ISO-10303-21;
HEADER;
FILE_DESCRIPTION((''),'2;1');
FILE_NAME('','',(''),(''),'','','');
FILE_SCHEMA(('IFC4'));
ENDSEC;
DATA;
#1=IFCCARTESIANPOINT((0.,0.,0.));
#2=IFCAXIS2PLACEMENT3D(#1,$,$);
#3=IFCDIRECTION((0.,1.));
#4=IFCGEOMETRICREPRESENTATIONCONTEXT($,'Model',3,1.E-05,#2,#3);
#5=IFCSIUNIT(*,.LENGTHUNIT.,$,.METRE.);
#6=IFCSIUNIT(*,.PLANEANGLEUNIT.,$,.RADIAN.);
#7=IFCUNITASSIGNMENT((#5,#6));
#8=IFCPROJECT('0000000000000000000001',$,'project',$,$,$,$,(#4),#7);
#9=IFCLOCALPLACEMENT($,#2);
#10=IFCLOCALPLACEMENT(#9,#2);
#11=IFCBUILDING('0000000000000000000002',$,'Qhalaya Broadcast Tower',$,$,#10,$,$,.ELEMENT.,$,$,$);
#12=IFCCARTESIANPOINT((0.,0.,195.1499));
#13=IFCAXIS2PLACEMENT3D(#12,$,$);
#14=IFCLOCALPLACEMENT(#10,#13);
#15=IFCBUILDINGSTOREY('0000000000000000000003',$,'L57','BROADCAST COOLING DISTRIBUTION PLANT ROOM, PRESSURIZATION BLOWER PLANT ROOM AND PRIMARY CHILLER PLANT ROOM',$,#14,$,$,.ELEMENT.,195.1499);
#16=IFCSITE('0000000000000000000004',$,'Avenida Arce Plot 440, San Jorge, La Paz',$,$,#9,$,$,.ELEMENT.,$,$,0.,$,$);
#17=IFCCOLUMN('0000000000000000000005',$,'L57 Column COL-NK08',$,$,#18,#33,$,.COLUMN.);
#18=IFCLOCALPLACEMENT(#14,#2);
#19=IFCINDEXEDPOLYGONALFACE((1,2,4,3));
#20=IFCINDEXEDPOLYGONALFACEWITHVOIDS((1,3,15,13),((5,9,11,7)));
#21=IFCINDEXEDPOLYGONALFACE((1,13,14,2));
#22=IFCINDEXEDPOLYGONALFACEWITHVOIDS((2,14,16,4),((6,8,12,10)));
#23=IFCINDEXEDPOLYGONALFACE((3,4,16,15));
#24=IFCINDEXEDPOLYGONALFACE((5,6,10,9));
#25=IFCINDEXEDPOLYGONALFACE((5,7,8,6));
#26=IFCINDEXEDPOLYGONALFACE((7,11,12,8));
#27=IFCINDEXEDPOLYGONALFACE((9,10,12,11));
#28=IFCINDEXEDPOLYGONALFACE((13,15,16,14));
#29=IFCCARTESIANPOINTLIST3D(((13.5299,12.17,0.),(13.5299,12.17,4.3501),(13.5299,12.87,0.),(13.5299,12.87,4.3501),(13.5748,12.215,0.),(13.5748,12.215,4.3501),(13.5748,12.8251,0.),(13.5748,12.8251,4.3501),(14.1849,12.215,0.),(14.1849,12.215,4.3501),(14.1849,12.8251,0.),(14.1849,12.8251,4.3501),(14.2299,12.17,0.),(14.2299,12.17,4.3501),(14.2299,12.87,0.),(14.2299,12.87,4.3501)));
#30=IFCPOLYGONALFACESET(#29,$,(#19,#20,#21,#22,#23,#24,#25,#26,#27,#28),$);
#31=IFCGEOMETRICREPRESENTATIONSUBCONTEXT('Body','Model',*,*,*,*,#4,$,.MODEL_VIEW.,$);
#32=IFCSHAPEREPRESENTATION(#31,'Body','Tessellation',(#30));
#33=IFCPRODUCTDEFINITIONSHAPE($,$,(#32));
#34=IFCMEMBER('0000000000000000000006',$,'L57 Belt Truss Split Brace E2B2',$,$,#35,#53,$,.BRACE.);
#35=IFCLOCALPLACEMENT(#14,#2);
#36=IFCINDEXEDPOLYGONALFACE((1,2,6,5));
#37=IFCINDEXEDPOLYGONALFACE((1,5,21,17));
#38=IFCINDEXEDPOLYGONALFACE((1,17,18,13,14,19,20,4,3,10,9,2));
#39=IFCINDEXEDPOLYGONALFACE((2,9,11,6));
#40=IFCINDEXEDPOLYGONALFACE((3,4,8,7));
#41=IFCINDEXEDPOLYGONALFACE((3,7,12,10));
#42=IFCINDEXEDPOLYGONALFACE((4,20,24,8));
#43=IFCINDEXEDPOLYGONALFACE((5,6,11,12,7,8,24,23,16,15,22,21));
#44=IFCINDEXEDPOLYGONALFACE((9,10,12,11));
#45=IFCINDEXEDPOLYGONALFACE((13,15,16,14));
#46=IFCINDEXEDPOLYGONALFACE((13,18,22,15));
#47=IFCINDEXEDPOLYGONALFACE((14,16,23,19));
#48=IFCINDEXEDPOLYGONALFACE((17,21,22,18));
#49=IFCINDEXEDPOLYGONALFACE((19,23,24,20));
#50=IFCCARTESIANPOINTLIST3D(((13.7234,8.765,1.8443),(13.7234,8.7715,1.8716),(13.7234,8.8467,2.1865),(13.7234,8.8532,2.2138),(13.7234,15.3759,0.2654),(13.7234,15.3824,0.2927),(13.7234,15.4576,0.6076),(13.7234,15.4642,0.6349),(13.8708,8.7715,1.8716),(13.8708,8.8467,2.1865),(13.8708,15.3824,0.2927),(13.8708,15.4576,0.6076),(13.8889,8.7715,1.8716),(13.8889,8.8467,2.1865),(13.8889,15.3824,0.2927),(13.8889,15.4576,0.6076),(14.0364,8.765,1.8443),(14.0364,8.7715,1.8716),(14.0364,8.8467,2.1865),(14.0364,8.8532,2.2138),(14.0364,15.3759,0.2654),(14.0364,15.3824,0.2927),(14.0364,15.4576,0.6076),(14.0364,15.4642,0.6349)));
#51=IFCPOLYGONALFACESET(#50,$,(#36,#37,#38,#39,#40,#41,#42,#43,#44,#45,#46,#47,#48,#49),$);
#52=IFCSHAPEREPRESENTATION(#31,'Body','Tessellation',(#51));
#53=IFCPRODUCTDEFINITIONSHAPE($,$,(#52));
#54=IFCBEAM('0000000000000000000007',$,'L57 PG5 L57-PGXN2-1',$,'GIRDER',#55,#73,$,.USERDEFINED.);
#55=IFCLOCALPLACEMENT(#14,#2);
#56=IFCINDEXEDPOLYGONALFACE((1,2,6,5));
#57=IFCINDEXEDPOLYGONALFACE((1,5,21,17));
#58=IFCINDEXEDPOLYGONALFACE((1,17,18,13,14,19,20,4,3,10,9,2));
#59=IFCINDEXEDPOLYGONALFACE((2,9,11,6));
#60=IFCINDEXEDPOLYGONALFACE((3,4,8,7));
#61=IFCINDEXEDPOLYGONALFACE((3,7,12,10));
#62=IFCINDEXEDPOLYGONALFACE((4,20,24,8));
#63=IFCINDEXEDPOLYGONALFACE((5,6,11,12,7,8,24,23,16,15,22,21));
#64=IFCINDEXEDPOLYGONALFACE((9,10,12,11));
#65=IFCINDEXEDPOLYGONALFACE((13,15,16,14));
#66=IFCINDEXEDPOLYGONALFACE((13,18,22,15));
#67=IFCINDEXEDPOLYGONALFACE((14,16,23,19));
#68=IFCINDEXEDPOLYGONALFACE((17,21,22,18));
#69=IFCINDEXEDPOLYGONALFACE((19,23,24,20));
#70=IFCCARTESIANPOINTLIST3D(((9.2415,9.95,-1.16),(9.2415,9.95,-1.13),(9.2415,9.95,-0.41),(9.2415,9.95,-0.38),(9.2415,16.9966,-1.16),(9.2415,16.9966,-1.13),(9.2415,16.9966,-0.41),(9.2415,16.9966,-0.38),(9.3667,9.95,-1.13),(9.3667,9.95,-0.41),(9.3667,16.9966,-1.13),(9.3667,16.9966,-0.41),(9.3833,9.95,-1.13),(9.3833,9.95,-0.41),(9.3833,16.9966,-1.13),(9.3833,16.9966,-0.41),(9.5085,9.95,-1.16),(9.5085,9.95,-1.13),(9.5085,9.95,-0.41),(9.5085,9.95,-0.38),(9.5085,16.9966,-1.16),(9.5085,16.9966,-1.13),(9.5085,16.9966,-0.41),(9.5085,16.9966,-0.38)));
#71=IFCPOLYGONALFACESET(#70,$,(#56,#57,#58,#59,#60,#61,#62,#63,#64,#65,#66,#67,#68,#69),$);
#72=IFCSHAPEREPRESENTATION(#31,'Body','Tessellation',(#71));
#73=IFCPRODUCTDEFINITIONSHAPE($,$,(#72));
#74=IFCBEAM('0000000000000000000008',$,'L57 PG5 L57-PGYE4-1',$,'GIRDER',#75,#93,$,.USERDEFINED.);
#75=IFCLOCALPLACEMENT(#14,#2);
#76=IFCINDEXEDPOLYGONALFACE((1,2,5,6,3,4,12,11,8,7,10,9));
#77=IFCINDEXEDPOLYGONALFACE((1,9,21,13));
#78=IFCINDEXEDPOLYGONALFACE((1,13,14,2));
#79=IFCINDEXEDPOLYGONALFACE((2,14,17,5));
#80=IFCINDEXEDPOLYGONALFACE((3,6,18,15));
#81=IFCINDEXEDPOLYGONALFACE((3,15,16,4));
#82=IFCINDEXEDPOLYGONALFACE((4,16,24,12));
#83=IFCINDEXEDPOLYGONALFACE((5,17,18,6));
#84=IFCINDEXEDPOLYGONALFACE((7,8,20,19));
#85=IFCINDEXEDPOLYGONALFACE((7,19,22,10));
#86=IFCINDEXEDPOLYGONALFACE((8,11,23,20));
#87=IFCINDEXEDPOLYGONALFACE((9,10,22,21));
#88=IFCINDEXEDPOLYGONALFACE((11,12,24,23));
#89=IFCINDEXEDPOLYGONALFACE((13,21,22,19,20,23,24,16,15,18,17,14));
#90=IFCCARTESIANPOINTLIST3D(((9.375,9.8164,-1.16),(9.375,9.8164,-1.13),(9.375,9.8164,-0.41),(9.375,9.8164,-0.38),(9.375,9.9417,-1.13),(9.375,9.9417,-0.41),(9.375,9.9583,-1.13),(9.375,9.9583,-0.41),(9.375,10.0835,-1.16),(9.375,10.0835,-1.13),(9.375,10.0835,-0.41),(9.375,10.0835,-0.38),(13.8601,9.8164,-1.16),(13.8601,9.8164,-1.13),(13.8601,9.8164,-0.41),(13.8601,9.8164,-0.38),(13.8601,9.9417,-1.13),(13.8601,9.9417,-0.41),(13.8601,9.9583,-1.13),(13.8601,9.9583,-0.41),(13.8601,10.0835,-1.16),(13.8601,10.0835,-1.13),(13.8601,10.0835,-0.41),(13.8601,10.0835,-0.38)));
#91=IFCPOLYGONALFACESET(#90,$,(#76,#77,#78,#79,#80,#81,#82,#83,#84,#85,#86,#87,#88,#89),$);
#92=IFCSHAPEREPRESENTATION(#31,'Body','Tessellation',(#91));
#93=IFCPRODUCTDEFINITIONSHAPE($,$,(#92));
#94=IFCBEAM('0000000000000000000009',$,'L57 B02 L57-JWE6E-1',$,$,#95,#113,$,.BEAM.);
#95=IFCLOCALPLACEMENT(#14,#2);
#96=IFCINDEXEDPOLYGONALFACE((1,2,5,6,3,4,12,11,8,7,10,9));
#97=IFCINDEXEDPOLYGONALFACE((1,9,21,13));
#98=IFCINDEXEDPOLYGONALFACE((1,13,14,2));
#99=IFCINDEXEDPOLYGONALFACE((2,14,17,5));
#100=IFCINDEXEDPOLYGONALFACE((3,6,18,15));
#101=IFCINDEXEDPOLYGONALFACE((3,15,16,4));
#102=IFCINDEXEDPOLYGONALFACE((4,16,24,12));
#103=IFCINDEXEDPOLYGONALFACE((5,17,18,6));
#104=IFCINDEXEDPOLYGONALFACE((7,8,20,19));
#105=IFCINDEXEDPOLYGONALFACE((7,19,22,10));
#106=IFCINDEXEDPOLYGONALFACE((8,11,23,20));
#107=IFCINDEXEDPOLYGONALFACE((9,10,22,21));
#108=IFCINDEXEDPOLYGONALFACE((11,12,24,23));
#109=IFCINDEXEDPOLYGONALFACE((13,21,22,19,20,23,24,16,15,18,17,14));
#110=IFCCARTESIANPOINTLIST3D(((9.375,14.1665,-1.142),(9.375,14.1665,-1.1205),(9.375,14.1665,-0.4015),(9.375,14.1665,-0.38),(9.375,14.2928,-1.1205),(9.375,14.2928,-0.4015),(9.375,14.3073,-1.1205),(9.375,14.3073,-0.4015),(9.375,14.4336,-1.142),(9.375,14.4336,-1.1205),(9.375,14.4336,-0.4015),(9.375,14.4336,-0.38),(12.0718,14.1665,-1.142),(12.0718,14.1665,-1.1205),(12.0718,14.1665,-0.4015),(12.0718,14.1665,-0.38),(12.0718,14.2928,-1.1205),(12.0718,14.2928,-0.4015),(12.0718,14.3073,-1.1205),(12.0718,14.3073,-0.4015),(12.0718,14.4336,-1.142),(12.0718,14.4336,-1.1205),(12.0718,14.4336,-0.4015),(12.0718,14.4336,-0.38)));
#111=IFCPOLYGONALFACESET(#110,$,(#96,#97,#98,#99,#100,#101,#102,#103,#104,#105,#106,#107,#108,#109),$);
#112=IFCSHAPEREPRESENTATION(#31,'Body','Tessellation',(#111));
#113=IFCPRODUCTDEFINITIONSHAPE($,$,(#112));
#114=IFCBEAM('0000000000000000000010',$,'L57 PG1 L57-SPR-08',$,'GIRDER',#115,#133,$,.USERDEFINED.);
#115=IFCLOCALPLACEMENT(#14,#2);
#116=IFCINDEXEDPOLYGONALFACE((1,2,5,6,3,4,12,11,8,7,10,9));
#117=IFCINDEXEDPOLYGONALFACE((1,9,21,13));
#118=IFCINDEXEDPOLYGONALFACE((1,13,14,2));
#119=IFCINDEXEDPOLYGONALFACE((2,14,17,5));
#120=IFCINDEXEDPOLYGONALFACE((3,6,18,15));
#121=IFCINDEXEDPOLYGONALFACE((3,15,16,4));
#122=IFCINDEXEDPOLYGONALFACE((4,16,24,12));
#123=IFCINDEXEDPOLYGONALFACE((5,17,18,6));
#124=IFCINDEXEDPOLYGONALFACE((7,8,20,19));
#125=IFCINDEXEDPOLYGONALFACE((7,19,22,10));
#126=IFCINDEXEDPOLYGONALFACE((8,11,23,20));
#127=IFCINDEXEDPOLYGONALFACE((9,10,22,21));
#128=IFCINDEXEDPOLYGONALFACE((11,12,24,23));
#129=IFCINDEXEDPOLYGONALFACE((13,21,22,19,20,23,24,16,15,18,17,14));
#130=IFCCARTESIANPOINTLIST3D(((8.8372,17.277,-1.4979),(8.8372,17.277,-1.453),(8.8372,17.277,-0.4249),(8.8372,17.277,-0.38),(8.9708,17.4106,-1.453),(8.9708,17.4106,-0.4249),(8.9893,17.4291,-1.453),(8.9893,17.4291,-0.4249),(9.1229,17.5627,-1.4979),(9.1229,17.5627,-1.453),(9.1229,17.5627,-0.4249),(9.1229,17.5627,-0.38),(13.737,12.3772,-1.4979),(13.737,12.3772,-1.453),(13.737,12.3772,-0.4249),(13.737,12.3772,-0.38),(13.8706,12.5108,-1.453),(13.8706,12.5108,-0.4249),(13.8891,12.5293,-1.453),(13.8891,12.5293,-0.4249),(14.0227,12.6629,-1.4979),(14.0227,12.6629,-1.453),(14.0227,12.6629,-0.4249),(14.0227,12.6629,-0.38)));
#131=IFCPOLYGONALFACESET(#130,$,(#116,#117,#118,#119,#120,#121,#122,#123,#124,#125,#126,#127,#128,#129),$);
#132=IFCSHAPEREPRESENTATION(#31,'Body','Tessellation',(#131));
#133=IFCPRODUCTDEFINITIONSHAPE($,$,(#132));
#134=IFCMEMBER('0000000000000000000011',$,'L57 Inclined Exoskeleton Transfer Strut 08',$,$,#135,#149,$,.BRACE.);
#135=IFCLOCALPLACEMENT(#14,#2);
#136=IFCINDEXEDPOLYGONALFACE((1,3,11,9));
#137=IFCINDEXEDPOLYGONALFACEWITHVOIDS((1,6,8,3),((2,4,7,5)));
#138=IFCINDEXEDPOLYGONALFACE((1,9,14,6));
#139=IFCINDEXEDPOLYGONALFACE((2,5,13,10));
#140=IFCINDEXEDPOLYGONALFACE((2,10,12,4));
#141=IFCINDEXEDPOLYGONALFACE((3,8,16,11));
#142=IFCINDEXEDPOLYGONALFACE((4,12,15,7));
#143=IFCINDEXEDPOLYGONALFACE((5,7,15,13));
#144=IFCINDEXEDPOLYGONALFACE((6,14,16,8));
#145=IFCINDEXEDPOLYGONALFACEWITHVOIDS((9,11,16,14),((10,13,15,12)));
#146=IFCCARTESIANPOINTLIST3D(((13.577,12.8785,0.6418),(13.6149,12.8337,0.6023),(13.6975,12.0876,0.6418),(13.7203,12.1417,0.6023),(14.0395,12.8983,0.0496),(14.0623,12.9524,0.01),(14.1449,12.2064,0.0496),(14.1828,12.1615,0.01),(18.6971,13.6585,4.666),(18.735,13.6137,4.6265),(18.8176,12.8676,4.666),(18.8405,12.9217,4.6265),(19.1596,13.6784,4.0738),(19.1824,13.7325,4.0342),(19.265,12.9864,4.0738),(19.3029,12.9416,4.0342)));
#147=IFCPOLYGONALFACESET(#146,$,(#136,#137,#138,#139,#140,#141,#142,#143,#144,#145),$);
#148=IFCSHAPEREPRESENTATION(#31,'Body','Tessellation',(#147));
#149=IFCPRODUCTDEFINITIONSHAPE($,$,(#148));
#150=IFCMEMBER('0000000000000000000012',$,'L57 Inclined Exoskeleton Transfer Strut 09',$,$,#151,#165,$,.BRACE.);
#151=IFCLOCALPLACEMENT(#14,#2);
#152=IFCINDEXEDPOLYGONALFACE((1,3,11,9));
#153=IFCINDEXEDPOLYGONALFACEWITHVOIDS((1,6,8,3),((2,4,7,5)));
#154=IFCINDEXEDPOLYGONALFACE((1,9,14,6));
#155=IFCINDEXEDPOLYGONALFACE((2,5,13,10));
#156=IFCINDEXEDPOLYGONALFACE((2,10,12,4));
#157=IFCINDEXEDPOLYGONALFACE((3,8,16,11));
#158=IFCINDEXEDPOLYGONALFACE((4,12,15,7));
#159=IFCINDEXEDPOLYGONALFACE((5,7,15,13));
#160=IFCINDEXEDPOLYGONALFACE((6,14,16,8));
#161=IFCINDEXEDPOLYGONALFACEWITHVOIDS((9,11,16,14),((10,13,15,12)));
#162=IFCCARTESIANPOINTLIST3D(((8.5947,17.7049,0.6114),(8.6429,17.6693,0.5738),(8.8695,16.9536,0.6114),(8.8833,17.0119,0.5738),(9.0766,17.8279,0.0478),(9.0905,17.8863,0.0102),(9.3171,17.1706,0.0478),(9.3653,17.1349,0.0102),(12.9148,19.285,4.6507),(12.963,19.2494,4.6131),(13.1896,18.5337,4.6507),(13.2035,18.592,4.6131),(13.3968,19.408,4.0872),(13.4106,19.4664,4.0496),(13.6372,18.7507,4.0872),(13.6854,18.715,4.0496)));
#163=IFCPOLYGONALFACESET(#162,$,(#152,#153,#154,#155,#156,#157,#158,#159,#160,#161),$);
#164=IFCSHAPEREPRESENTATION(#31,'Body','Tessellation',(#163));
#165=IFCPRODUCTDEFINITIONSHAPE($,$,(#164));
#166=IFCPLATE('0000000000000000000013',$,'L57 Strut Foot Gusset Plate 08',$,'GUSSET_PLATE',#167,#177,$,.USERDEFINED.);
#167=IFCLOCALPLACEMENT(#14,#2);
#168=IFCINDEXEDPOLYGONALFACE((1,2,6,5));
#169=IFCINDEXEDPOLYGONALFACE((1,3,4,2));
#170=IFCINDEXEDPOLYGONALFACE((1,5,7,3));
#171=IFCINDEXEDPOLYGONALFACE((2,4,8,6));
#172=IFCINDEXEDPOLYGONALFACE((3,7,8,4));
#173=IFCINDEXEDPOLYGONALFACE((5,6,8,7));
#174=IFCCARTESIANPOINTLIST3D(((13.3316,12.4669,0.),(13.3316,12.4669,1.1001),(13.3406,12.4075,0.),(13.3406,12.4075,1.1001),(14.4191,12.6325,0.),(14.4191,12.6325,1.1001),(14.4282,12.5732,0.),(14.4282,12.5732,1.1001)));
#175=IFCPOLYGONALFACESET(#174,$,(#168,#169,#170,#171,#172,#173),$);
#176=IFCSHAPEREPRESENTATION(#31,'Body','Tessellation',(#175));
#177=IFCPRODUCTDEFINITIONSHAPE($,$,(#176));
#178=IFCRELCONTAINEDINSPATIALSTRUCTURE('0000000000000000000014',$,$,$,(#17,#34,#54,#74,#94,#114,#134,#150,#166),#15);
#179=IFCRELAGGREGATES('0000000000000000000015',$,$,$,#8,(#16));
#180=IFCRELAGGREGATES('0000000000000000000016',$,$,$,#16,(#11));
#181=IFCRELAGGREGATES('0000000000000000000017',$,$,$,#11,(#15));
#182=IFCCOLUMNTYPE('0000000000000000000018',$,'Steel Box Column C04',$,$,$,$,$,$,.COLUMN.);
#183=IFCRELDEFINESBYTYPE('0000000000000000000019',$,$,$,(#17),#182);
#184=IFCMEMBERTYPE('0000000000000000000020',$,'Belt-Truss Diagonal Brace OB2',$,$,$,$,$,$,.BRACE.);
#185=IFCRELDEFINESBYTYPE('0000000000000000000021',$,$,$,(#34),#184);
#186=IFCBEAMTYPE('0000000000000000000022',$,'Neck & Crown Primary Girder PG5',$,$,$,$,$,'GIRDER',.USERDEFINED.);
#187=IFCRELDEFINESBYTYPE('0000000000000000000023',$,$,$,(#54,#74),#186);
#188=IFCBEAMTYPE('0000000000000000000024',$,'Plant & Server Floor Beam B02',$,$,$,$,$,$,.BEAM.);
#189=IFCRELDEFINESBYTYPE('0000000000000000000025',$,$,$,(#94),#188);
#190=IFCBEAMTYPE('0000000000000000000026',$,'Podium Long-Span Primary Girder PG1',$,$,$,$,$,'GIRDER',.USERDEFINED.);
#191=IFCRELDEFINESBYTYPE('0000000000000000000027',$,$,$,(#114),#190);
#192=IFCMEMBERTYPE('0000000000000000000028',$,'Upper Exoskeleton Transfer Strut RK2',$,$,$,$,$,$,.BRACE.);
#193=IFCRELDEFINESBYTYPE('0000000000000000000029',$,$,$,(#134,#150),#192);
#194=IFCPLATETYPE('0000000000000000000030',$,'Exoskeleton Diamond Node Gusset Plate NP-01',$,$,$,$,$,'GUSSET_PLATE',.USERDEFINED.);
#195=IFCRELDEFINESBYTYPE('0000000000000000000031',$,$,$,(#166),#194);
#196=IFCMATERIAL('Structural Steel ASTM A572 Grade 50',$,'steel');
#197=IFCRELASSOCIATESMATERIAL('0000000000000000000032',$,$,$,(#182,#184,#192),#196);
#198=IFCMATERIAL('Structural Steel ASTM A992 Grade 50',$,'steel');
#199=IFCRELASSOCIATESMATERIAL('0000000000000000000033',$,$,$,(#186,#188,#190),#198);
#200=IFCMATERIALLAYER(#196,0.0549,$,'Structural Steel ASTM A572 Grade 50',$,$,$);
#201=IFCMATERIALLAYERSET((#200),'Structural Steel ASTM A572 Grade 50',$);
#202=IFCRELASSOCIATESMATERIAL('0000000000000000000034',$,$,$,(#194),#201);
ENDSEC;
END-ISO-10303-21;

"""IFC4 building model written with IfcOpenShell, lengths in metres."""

from ifc_helpers import new_model, si_unit, direction, frame, origin, origin_2d, place, context, subcontext, project, spatial, rectangle, hollow_rectangle, i_section, extrude, material, layer, layer_set, material_profile, profile_set, type_object, element, save


model = new_model("IFC4")

# Units and contexts
model_context = context("Model", 3, precision=1e-05, world=origin(), true_north=direction((0.0, 1.0)))
body_context = subcontext(model_context, "Body", "Model", "MODEL_VIEW")
ifc_project = project(units=[si_unit("LENGTHUNIT", "METRE"), si_unit("PLANEANGLEUNIT", "RADIAN")], contexts=[model_context])

# Site, building, storey
site_placement = place(None, origin())
site = spatial("IfcSite", under=ifc_project, at=site_placement, Name="Avenida Arce Plot 440, San Jorge, La Paz", CompositionType="ELEMENT", RefElevation=0.0)
building_placement = place(site_placement, origin())
building = spatial("IfcBuilding", under=site, at=building_placement, Name="Qhalaya Broadcast Tower", CompositionType="ELEMENT")
storey_placement = place(building_placement, frame((0.0, 0.0, 195.1499)))
storey = spatial("IfcBuildingStorey", under=building, at=storey_placement, Name="L57", Description="BROADCAST COOLING DISTRIBUTION PLANT ROOM, PRESSURIZATION BLOWER PLANT ROOM AND PRIMARY CHILLER PLANT ROOM", CompositionType="ELEMENT", Elevation=195.1499)

# Column
ifc_material_1 = material(Name="Structural Steel ASTM A572 Grade 50", Category="steel")
ifc_material_profile_1 = material_profile(ifc_material_1, hollow_rectangle(XDim=0.7, YDim=0.7, WallThickness=0.0449, at=origin_2d()), Name="BOX 700x700x45")
ifc_profile_set_1 = profile_set([ifc_material_profile_1], Name="Structural Steel ASTM A572 Grade 50")
column_type = type_object("IfcColumnType", Name="Steel Box Column C04", PredefinedType="COLUMN", material=ifc_profile_set_1)
column_placement = place(storey_placement, frame((13.8799, 12.52, 0.0), z_axis=(0.0, 0.0, 1.0), x_axis=(0.0, 1.0, 0.0)))
element("IfcColumn", 1, at=column_placement, inside=storey, type_object=column_type, Name="L57 Column COL-NK08", PredefinedType="COLUMN", context=body_context, shape_type="SweptSolid", body=[
    extrude(hollow_rectangle(XDim=0.7, YDim=0.7, WallThickness=0.0449, at=origin_2d()), origin(), (0.0, 0.0, 1.0), 4.3501),
])

# Member
ifc_material_profile_2 = material_profile(ifc_material_1, i_section(OverallWidth=0.313, OverallDepth=0.3799, WebThickness=0.0181, FlangeThickness=0.0281, at=origin_2d()), Name="W12X120")
ifc_profile_set_2 = profile_set([ifc_material_profile_2], Name="Structural Steel ASTM A572 Grade 50")
member_type_1 = type_object("IfcMemberType", Name="Belt-Truss Diagonal Brace OB2", PredefinedType="BRACE", material=ifc_profile_set_2)
member_1_placement = place(storey_placement, frame((13.8799, 8.8091, 2.0291), z_axis=(0.0, 0.972645, -0.232295), x_axis=(-1.0, 0.0, 0.0)))
element("IfcMember", 2, at=member_1_placement, inside=storey, type_object=member_type_1, Name="L57 Belt Truss Split Brace E2B2", PredefinedType="BRACE", context=body_context, shape_type="SweptSolid", body=[
    extrude(i_section(OverallWidth=0.313, OverallDepth=0.3799, WebThickness=0.0181, FlangeThickness=0.0281, at=origin_2d()), origin(), (0.0, 0.0, 1.0), 6.7969),
])

# Beams
ifc_material_2 = material(Name="Structural Steel ASTM A992 Grade 50", Category="steel")
ifc_material_profile_3 = material_profile(ifc_material_2, i_section(OverallWidth=0.2671, OverallDepth=0.78, WebThickness=0.0166, FlangeThickness=0.03, at=origin_2d()), Name="W30X148")
ifc_profile_set_3 = profile_set([ifc_material_profile_3], Name="Structural Steel ASTM A992 Grade 50")
beam_type_1 = type_object("IfcBeamType", Name="Neck & Crown Primary Girder PG5", ElementType="GIRDER", PredefinedType="USERDEFINED", material=ifc_profile_set_3)
beam_1_placement = place(storey_placement, frame((9.375, 9.95, -0.77), z_axis=(0.0, 1.0, 0.0), x_axis=(-1.0, 0.0, 0.0)))
element("IfcBeam", 3, at=beam_1_placement, inside=storey, type_object=beam_type_1, Name="L57 PG5 L57-PGXN2-1", ObjectType="GIRDER", PredefinedType="USERDEFINED", context=body_context, shape_type="SweptSolid", body=[
    extrude(i_section(OverallWidth=0.2671, OverallDepth=0.78, WebThickness=0.0166, FlangeThickness=0.03, at=origin_2d()), origin(), (0.0, 0.0, 1.0), 7.0466),
])
beam_2_placement = place(storey_placement, frame((9.375, 9.95, -0.77), z_axis=(1.0, 0.0, 0.0), x_axis=(0.0, 1.0, 0.0)))
element("IfcBeam", 4, at=beam_2_placement, inside=storey, type_object=beam_type_1, Name="L57 PG5 L57-PGYE4-1", ObjectType="GIRDER", PredefinedType="USERDEFINED", context=body_context, shape_type="SweptSolid", body=[
    extrude(i_section(OverallWidth=0.2671, OverallDepth=0.78, WebThickness=0.0166, FlangeThickness=0.03, at=origin_2d()), origin(), (0.0, 0.0, 1.0), 4.4851),
])
ifc_material_profile_4 = material_profile(ifc_material_2, i_section(OverallWidth=0.2671, OverallDepth=0.762, WebThickness=0.0144, FlangeThickness=0.0215, at=origin_2d()), Name="W30X116")
ifc_profile_set_4 = profile_set([ifc_material_profile_4], Name="Structural Steel ASTM A992 Grade 50")
beam_type_2 = type_object("IfcBeamType", Name="Plant & Server Floor Beam B02", PredefinedType="BEAM", material=ifc_profile_set_4)
beam_3_placement = place(storey_placement, frame((9.375, 14.3, -0.761), z_axis=(1.0, 0.0, 0.0), x_axis=(0.0, 1.0, 0.0)))
element("IfcBeam", 5, at=beam_3_placement, inside=storey, type_object=beam_type_2, Name="L57 B02 L57-JWE6E-1", PredefinedType="BEAM", context=body_context, shape_type="SweptSolid", body=[
    extrude(i_section(OverallWidth=0.2671, OverallDepth=0.762, WebThickness=0.0144, FlangeThickness=0.0215, at=origin_2d()), origin(), (0.0, 0.0, 1.0), 2.6968),
])
ifc_material_profile_5 = material_profile(ifc_material_2, i_section(OverallWidth=0.4041, OverallDepth=1.1179, WebThickness=0.0261, FlangeThickness=0.0449, at=origin_2d()), Name="W44X335")
ifc_profile_set_5 = profile_set([ifc_material_profile_5], Name="Structural Steel ASTM A992 Grade 50")
beam_type_3 = type_object("IfcBeamType", Name="Podium Long-Span Primary Girder PG1", ElementType="GIRDER", PredefinedType="USERDEFINED", material=ifc_profile_set_5)
beam_4_placement = place(storey_placement, frame((13.8799, 12.52, -0.939), z_axis=(-0.707107, 0.707107, 0.0), x_axis=(-0.707107, -0.707107, 0.0)))
element("IfcBeam", 6, at=beam_4_placement, inside=storey, type_object=beam_type_3, Name="L57 PG1 L57-SPR-08", ObjectType="GIRDER", PredefinedType="USERDEFINED", context=body_context, shape_type="SweptSolid", body=[
    extrude(i_section(OverallWidth=0.4041, OverallDepth=1.1179, WebThickness=0.0261, FlangeThickness=0.0449, at=origin_2d()), origin(), (0.0, 0.0, 1.0), 6.9294),
])

# Members
ifc_material_profile_6 = material_profile(ifc_material_1, hollow_rectangle(XDim=0.8, YDim=0.8, WallThickness=0.05, at=origin_2d()), Name="BOX 800x800x50")
ifc_profile_set_6 = profile_set([ifc_material_profile_6], Name="Structural Steel ASTM A572 Grade 50")
member_type_2 = type_object("IfcMemberType", Name="Upper Exoskeleton Transfer Strut RK2", PredefinedType="BRACE", material=ifc_profile_set_6)
member_2_placement = place(storey_placement, frame((13.8799, 12.52, 0.3259), z_axis=(0.780647, 0.118928, 0.613552), x_axis=(-0.150608, 0.988594, 0.0)))
element("IfcMember", 7, at=member_2_placement, inside=storey, type_object=member_type_2, Name="L57 Inclined Exoskeleton Transfer Strut 08", PredefinedType="BRACE", context=body_context, shape_type="SweptSolid", body=[
    extrude(hollow_rectangle(XDim=0.8, YDim=0.8, WallThickness=0.05, at=origin_2d()), origin(), (0.0, 0.0, 1.0), 6.5588),
])
member_3_placement = place(storey_placement, frame((8.98, 17.4199, 0.3108), z_axis=(0.705693, 0.25811, 0.65983), x_axis=(-0.343498, 0.939153, 0.0)))
element("IfcMember", 8, at=member_3_placement, inside=storey, type_object=member_type_2, Name="L57 Inclined Exoskeleton Transfer Strut 09", PredefinedType="BRACE", context=body_context, shape_type="SweptSolid", body=[
    extrude(hollow_rectangle(XDim=0.8, YDim=0.8, WallThickness=0.05, at=origin_2d()), origin(), (0.0, 0.0, 1.0), 6.1218),
])

# Plate
ifc_layer_1 = layer(ifc_material_1, 0.0549, Name="Structural Steel ASTM A572 Grade 50")
ifc_layer_set_1 = layer_set([ifc_layer_1], Name="Structural Steel ASTM A572 Grade 50")
plate_type_1 = type_object("IfcPlateType", Name="Exoskeleton Diamond Node Gusset Plate NP-01", ElementType="GUSSET_PLATE", PredefinedType="USERDEFINED", material=ifc_layer_set_1)
for number, where, z_axis, x_axis, name in (
    (9, (13.8799, 12.52, 0.0), (0.0, 0.0, 1.0), (0.988594, 0.150605, 0.0), "L57 Strut Foot Gusset Plate 08"),
):
    element("IfcPlate", number, at=place(storey_placement, frame(where, z_axis=z_axis, x_axis=x_axis)), inside=storey, type_object=plate_type_1, Name=name, ObjectType="GUSSET_PLATE", PredefinedType="USERDEFINED", context=body_context, shape_type="SweptSolid", body=[
        extrude(rectangle(XDim=1.1001, YDim=0.0601, at=origin_2d()), origin(), (0.0, 0.0, 1.0), 1.1001),
    ])

save(model, "model.ifc")
